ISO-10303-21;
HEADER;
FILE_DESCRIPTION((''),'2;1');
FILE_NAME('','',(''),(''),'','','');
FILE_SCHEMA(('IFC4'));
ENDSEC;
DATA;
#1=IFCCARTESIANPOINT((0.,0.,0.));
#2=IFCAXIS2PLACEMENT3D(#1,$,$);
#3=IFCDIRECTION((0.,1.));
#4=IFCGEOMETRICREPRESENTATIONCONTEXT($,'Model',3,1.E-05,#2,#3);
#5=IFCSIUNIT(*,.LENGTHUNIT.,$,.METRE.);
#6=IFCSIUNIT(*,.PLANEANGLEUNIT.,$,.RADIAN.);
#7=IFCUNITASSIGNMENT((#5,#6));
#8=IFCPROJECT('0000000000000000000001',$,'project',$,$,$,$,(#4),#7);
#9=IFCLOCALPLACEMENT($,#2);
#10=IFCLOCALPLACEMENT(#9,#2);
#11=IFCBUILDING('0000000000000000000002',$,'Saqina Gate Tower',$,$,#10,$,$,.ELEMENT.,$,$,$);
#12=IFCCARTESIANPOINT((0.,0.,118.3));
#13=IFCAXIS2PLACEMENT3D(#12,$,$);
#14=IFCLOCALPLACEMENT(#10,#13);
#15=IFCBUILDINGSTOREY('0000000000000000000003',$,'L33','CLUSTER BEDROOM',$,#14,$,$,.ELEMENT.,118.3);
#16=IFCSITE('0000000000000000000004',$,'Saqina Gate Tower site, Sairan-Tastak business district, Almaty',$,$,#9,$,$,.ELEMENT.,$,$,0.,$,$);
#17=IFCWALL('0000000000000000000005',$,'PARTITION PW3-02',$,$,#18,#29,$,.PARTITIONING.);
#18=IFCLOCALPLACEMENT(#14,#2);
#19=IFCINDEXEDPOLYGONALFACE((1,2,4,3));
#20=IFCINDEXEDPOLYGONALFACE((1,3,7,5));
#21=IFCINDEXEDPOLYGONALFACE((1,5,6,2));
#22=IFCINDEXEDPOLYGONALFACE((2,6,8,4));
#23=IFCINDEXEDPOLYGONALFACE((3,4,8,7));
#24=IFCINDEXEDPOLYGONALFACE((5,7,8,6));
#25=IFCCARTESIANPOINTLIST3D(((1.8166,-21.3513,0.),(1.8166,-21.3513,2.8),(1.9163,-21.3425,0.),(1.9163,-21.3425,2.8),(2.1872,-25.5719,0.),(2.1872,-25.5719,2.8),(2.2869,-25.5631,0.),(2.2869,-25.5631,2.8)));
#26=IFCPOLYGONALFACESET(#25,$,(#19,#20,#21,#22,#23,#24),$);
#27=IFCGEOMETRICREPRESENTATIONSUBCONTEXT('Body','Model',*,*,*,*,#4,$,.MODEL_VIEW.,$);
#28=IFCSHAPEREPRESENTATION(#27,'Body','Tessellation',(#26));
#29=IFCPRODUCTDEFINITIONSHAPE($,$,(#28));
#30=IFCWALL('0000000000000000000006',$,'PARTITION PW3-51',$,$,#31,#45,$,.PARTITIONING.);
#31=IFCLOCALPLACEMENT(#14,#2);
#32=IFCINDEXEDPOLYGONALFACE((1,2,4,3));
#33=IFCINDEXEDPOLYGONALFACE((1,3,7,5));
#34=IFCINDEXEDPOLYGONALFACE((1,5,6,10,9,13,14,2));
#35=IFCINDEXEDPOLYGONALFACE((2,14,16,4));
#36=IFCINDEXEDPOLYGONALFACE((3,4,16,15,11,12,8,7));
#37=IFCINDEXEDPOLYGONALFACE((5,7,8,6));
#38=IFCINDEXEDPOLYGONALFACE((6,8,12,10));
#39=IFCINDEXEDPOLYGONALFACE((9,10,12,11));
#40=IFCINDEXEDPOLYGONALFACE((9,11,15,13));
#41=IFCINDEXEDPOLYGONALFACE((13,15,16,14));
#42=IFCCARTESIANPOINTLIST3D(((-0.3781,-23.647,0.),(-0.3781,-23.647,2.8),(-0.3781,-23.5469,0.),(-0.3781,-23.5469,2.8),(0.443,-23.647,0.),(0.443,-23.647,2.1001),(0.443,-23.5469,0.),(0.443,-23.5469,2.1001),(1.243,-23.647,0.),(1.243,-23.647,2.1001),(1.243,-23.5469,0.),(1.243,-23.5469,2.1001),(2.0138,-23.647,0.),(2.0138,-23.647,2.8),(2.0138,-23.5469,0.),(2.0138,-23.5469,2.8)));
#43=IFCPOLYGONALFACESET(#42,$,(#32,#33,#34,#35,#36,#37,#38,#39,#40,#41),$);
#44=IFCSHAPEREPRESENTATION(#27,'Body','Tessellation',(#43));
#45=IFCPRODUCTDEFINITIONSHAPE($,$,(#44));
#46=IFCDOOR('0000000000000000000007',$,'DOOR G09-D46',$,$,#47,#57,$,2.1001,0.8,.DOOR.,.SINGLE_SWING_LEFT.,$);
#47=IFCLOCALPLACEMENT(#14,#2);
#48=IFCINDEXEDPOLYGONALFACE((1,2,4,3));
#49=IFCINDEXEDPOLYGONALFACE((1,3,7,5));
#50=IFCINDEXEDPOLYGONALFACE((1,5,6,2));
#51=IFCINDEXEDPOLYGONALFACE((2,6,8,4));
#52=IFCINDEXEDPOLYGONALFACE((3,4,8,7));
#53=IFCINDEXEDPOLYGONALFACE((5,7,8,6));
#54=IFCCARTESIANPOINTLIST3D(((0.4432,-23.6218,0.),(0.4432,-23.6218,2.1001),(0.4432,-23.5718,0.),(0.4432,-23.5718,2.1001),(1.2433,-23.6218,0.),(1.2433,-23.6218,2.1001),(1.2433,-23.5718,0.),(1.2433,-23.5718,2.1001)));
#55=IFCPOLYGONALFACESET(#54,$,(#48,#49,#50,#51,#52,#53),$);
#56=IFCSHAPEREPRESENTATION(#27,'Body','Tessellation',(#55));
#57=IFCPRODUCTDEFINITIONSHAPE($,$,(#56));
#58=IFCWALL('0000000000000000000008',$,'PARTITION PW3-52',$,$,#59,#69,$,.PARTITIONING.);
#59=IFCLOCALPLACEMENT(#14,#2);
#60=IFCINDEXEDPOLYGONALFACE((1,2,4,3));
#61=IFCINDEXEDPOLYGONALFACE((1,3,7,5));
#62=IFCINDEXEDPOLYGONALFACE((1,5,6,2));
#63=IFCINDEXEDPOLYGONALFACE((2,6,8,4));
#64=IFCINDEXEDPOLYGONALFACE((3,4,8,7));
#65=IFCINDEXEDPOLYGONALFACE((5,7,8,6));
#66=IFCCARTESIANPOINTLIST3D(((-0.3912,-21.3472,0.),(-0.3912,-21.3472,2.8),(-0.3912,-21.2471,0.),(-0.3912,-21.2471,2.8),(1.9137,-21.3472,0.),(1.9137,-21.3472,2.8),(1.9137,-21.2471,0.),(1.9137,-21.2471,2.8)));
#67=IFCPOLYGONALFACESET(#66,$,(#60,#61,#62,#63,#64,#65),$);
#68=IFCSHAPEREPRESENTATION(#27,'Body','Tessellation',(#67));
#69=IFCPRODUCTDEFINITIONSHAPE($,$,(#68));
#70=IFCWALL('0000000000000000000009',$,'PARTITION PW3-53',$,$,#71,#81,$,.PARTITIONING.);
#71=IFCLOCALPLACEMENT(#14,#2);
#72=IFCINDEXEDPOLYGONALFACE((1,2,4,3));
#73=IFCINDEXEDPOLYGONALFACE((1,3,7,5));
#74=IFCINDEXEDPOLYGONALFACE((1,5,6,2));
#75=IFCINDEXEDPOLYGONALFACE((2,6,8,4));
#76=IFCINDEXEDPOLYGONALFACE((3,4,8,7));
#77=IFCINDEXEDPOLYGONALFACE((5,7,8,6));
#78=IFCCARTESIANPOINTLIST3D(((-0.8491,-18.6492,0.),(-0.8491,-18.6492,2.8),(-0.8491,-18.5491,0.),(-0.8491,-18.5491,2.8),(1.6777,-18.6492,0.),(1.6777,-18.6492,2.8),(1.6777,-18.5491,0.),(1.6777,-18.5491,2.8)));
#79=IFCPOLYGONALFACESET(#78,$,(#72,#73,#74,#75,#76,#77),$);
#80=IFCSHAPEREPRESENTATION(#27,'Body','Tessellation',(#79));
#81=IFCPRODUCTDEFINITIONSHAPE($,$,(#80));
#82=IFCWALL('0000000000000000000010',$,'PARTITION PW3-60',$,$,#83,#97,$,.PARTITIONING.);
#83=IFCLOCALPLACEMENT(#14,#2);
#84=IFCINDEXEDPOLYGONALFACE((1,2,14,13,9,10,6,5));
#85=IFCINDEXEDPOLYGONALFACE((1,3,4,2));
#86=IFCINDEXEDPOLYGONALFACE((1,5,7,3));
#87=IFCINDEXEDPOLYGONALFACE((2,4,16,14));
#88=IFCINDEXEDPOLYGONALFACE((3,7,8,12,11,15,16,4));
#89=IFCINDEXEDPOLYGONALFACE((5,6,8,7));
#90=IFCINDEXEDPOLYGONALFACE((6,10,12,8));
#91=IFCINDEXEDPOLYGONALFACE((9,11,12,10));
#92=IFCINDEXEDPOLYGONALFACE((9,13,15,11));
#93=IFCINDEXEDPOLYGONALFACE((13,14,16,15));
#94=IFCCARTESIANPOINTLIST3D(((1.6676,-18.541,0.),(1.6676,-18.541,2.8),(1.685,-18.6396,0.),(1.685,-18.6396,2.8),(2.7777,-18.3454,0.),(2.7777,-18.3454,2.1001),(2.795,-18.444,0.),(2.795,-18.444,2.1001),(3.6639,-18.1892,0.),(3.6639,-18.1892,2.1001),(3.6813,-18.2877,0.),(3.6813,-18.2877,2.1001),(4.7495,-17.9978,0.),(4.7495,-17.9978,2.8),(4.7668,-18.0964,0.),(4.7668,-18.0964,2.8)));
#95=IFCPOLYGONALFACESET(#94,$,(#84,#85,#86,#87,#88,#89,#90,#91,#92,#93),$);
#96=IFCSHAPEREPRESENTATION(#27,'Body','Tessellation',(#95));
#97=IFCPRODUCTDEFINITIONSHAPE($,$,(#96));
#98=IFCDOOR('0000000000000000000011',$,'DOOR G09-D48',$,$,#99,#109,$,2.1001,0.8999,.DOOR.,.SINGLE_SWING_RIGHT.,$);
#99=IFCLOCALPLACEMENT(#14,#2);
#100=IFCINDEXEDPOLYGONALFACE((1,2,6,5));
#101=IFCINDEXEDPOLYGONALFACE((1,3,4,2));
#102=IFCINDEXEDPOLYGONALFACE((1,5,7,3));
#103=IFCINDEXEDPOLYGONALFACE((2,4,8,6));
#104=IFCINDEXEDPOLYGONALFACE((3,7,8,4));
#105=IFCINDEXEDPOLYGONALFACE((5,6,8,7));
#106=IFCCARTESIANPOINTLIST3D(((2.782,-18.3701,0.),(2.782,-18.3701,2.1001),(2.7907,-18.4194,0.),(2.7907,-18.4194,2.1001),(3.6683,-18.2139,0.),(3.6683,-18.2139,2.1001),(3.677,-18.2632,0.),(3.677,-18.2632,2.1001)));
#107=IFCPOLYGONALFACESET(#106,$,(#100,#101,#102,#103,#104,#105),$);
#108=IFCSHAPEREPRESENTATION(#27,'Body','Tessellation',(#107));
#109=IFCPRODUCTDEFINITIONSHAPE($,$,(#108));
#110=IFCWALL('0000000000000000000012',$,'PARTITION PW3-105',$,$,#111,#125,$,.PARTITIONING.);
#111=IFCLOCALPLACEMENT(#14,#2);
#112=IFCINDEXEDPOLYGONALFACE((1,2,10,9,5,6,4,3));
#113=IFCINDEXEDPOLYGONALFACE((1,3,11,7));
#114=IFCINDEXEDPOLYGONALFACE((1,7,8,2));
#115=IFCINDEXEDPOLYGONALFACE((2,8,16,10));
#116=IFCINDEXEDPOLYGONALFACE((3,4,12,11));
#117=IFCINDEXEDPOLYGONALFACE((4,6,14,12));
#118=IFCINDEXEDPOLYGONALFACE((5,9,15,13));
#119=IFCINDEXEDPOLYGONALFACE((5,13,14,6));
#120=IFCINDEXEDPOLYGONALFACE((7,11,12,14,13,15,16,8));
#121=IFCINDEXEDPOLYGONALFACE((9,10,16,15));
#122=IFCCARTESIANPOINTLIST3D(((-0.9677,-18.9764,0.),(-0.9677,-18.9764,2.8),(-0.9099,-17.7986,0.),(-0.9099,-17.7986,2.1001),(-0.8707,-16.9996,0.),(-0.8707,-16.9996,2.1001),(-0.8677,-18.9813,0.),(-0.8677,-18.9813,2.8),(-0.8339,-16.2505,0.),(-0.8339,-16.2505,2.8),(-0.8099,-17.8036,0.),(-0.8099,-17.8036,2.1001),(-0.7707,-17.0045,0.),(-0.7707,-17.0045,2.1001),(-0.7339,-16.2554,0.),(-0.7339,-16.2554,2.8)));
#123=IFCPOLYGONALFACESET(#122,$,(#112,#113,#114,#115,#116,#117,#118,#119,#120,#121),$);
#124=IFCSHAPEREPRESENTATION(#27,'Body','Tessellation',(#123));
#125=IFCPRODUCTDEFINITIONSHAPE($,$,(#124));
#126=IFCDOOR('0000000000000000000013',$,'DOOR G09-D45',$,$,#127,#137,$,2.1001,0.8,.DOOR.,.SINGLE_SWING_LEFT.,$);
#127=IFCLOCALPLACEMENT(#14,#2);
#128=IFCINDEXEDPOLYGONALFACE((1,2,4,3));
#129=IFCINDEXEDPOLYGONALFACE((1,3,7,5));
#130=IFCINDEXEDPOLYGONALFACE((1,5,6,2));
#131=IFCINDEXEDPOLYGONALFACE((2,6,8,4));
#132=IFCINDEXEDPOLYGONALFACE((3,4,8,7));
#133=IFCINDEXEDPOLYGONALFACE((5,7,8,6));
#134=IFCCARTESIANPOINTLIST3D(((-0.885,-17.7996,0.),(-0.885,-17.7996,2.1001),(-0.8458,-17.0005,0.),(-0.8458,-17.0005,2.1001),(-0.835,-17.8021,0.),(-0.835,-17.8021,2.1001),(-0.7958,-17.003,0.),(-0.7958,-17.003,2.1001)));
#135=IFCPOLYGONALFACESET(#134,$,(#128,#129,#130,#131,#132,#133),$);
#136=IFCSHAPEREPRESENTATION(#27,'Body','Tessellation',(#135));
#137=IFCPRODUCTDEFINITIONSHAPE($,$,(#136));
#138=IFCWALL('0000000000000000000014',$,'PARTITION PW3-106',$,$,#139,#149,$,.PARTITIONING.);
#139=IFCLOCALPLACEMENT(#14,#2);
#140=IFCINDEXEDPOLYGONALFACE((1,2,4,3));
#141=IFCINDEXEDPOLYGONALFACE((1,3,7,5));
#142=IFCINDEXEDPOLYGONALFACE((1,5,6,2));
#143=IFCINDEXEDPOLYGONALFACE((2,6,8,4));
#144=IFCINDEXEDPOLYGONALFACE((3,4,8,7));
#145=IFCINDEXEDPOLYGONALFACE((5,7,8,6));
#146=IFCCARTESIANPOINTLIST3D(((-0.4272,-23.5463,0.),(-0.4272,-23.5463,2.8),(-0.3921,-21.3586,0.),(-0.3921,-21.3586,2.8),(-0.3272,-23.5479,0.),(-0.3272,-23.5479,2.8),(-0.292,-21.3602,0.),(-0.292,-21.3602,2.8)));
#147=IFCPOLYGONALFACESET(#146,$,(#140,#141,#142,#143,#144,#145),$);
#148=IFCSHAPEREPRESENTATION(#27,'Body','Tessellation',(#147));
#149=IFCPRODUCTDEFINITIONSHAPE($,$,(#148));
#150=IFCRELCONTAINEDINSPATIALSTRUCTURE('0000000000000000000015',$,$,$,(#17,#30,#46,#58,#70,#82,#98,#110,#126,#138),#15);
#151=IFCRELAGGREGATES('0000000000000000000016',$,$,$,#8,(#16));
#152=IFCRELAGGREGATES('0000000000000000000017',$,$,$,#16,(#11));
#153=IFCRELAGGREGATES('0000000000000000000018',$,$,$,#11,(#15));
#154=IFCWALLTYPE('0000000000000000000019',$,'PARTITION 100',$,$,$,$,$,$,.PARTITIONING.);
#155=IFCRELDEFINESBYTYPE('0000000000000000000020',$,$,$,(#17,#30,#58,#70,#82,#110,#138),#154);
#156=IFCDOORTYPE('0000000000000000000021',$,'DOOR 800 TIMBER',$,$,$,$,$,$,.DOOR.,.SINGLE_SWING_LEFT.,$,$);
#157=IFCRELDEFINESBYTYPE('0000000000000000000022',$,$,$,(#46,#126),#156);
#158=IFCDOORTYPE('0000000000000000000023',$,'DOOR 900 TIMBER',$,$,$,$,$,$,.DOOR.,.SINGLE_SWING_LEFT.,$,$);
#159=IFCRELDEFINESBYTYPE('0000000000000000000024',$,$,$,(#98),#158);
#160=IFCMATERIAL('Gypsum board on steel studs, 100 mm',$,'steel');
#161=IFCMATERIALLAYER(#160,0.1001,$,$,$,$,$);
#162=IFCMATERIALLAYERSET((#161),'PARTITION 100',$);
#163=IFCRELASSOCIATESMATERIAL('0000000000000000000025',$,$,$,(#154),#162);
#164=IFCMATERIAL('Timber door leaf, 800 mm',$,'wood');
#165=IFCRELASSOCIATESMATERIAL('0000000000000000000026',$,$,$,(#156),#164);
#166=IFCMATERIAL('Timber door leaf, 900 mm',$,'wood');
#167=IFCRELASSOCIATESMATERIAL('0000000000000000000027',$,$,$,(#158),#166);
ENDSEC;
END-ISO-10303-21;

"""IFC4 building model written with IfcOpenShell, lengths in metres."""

from ifc_helpers import new_model, si_unit, direction, frame, frame_2d, origin, place, context, subcontext, project, spatial, rectangle, extrude, material, layer, layer_set, type_object, element, fill, save


model = new_model("IFC4")

# Units and contexts
model_context = context("Model", 3, precision=1e-05, world=origin(), true_north=direction((0.0, 1.0)))
body_context = subcontext(model_context, "Body", "Model", "MODEL_VIEW")
ifc_project = project(units=[si_unit("LENGTHUNIT", "METRE"), si_unit("PLANEANGLEUNIT", "RADIAN")], contexts=[model_context])

# Site, building, storey
site_placement = place(None, origin())
site = spatial("IfcSite", under=ifc_project, at=site_placement, Name="Saqina Gate Tower site, Sairan-Tastak business district, Almaty", CompositionType="ELEMENT", RefElevation=0.0)
building_placement = place(site_placement, origin())
building = spatial("IfcBuilding", under=site, at=building_placement, Name="Saqina Gate Tower", CompositionType="ELEMENT")
storey_placement = place(building_placement, frame((0.0, 0.0, 118.3)))
storey = spatial("IfcBuildingStorey", under=building, at=storey_placement, Name="L33", Description="CLUSTER BEDROOM", CompositionType="ELEMENT", Elevation=118.3)

# Wall
ifc_material_1 = material(Name="Gypsum board on steel studs, 100 mm", Category="steel")
ifc_layer_1 = layer(ifc_material_1, 0.1001)
ifc_layer_set_1 = layer_set([ifc_layer_1], Name="PARTITION 100")
wall_type_1 = type_object("IfcWallType", Name="PARTITION 100", PredefinedType="PARTITIONING", material=ifc_layer_set_1)
wall_1_placement = place(storey_placement, frame((1.8665, -21.3469, 0.0), z_axis=(0.0, 0.0, 1.0), x_axis=(0.087475, -0.996167, 0.0)))
element("IfcWall", 1, at=wall_1_placement, inside=storey, type_object=wall_type_1, Name="PARTITION PW3-02", PredefinedType="PARTITIONING", context=body_context, shape_type="SweptSolid", body=[
    extrude(rectangle(XDim=4.2368, YDim=0.1001, at=frame_2d((2.1184, 0.0))), origin(), (0.0, 0.0, 1.0), 2.8),
])

# Wall, opening, door
wall_2_placement = place(storey_placement, frame((-0.3779, -23.5969, 0.0), z_axis=(0.0, 0.0, 1.0), x_axis=(1.0, 0.0, 0.0)))
wall_2 = element("IfcWall", 2, at=wall_2_placement, inside=storey, type_object=wall_type_1, Name="PARTITION PW3-51", PredefinedType="PARTITIONING", context=body_context, shape_type="SweptSolid", body=[
    extrude(rectangle(XDim=2.3918, YDim=0.1001, at=frame_2d((1.1958, 0.0))), origin(), (0.0, 0.0, 1.0), 2.8),
])
opening_1_placement = place(wall_2_placement, frame((0.821, 0.0, 0.0)))
opening_1 = element("IfcOpeningElement", 3, at=opening_1_placement, cuts=wall_2, PredefinedType="OPENING", context=body_context, shape_type="SweptSolid", body=[
    extrude(rectangle(XDim=0.8, YDim=2.1001, at=frame_2d((0.3999, 1.05))), frame((0.0, 0.062, 0.0), z_axis=(0.0, -1.0, 0.0), x_axis=(1.0, 0.0, 0.0)), (0.0, 0.0, 1.0), 0.124),
])
ifc_material_2 = material(Name="Timber door leaf, 800 mm", Category="wood")
door_type_1 = type_object("IfcDoorType", Name="DOOR 800 TIMBER", OperationType="SINGLE_SWING_LEFT", PredefinedType="DOOR", material=ifc_material_2)
door_1_placement = place(opening_1_placement, frame((0.8, 0.0, 0.0), z_axis=(0.0, 0.0, 1.0), x_axis=(-1.0, 0.0, 0.0)))
door_1 = element("IfcDoor", 4, at=door_1_placement, inside=storey, type_object=door_type_1, Name="DOOR G09-D46", OperationType="SINGLE_SWING_LEFT", OverallHeight=2.1001, OverallWidth=0.8, PredefinedType="DOOR", context=body_context, shape_type="SweptSolid", body=[
    extrude(rectangle(XDim=0.8, YDim=2.1001, at=frame_2d((0.3999, 1.05))), frame((0.0, 0.0249, 0.0), z_axis=(0.0, -1.0, 0.0), x_axis=(1.0, 0.0, 0.0)), (0.0, 0.0, 1.0), 0.05),
])
fill(opening_1, door_1)

# Walls
wall_3_placement = place(storey_placement, frame((-0.3911, -21.2971, 0.0), z_axis=(0.0, 0.0, 1.0), x_axis=(1.0, 0.0, 0.0)))
element("IfcWall", 5, at=wall_3_placement, inside=storey, type_object=wall_type_1, Name="PARTITION PW3-52", PredefinedType="PARTITIONING", context=body_context, shape_type="SweptSolid", body=[
    extrude(rectangle(XDim=2.3049, YDim=0.1001, at=frame_2d((1.1523, 0.0))), origin(), (0.0, 0.0, 1.0), 2.8),
])
wall_4_placement = place(storey_placement, frame((-0.8491, -18.5991, 0.0), z_axis=(0.0, 0.0, 1.0), x_axis=(1.0, 0.0, 0.0)))
element("IfcWall", 6, at=wall_4_placement, inside=storey, type_object=wall_type_1, Name="PARTITION PW3-53", PredefinedType="PARTITIONING", context=body_context, shape_type="SweptSolid", body=[
    extrude(rectangle(XDim=2.5269, YDim=0.1001, at=frame_2d((1.2634, 0.0))), origin(), (0.0, 0.0, 1.0), 2.8),
])

# Walls, openings, doors
wall_5_placement = place(storey_placement, frame((1.6763, -18.5903, 0.0), z_axis=(0.0, 0.0, 1.0), x_axis=(0.984818, 0.17359, 0.0)))
wall_5 = element("IfcWall", 7, at=wall_5_placement, inside=storey, type_object=wall_type_1, Name="PARTITION PW3-60", PredefinedType="PARTITIONING", context=body_context, shape_type="SweptSolid", body=[
    extrude(rectangle(XDim=3.1294, YDim=0.1001, at=frame_2d((1.5647, 0.0))), origin(), (0.0, 0.0, 1.0), 2.8),
])
opening_2_placement = place(wall_5_placement, frame((1.1272, 0.0, 0.0)))
opening_2 = element("IfcOpeningElement", 8, at=opening_2_placement, cuts=wall_5, PredefinedType="OPENING", context=body_context, shape_type="SweptSolid", body=[
    extrude(rectangle(XDim=0.8999, YDim=2.1001, at=frame_2d((0.45, 1.05))), frame((0.0, 0.062, 0.0), z_axis=(0.0, -1.0, 0.0), x_axis=(1.0, 0.0, 0.0)), (0.0, 0.0, 1.0), 0.124),
])
ifc_material_3 = material(Name="Timber door leaf, 900 mm", Category="wood")
door_type_2 = type_object("IfcDoorType", Name="DOOR 900 TIMBER", OperationType="SINGLE_SWING_LEFT", PredefinedType="DOOR", material=ifc_material_3)
door_2_placement = place(opening_2_placement, origin())
door_2 = element("IfcDoor", 9, at=door_2_placement, inside=storey, type_object=door_type_2, Name="DOOR G09-D48", OperationType="SINGLE_SWING_RIGHT", OverallHeight=2.1001, OverallWidth=0.8999, PredefinedType="DOOR", context=body_context, shape_type="SweptSolid", body=[
    extrude(rectangle(XDim=0.8999, YDim=2.1001, at=frame_2d((0.45, 1.05))), frame((0.0, 0.0249, 0.0), z_axis=(0.0, -1.0, 0.0), x_axis=(1.0, 0.0, 0.0)), (0.0, 0.0, 1.0), 0.05),
])
fill(opening_2, door_2)
wall_6_placement = place(storey_placement, frame((-0.9177, -18.979, 0.0), z_axis=(0.0, 0.0, 1.0), x_axis=(0.049019, 0.998798, 0.0)))
wall_6 = element("IfcWall", 10, at=wall_6_placement, inside=storey, type_object=wall_type_1, Name="PARTITION PW3-105", PredefinedType="PARTITIONING", context=body_context, shape_type="SweptSolid", body=[
    extrude(rectangle(XDim=2.7292, YDim=0.1001, at=frame_2d((1.3647, 0.0))), origin(), (0.0, 0.0, 1.0), 2.8),
])
opening_3_placement = place(wall_6_placement, frame((1.1794, 0.0, 0.0)))
opening_3 = element("IfcOpeningElement", 11, at=opening_3_placement, cuts=wall_6, PredefinedType="OPENING", context=body_context, shape_type="SweptSolid", body=[
    extrude(rectangle(XDim=0.8, YDim=2.1001, at=frame_2d((0.3999, 1.05))), frame((0.0, 0.062, 0.0), z_axis=(0.0, -1.0, 0.0), x_axis=(1.0, 0.0, 0.0)), (0.0, 0.0, 1.0), 0.124),
])
door_3_placement = place(opening_3_placement, frame((0.8, 0.0, 0.0), z_axis=(0.0, 0.0, 1.0), x_axis=(-1.0, 0.0, 0.0)))
door_3 = element("IfcDoor", 12, at=door_3_placement, inside=storey, type_object=door_type_1, Name="DOOR G09-D45", OperationType="SINGLE_SWING_LEFT", OverallHeight=2.1001, OverallWidth=0.8, PredefinedType="DOOR", context=body_context, shape_type="SweptSolid", body=[
    extrude(rectangle(XDim=0.8, YDim=2.1001, at=frame_2d((0.3999, 1.05))), frame((0.0, 0.0249, 0.0), z_axis=(0.0, -1.0, 0.0), x_axis=(1.0, 0.0, 0.0)), (0.0, 0.0, 1.0), 0.05),
])
fill(opening_3, door_3)

# Wall
wall_7_placement = place(storey_placement, frame((-0.3772, -23.5471, 0.0), z_axis=(0.0, 0.0, 1.0), x_axis=(0.016068, 0.999871, 0.0)))
element("IfcWall", 13, at=wall_7_placement, inside=storey, type_object=wall_type_1, Name="PARTITION PW3-106", PredefinedType="PARTITIONING", context=body_context, shape_type="SweptSolid", body=[
    extrude(rectangle(XDim=2.188, YDim=0.1001, at=frame_2d((1.094, 0.0))), origin(), (0.0, 0.0, 1.0), 2.8),
])

save(model, "model.ifc")
